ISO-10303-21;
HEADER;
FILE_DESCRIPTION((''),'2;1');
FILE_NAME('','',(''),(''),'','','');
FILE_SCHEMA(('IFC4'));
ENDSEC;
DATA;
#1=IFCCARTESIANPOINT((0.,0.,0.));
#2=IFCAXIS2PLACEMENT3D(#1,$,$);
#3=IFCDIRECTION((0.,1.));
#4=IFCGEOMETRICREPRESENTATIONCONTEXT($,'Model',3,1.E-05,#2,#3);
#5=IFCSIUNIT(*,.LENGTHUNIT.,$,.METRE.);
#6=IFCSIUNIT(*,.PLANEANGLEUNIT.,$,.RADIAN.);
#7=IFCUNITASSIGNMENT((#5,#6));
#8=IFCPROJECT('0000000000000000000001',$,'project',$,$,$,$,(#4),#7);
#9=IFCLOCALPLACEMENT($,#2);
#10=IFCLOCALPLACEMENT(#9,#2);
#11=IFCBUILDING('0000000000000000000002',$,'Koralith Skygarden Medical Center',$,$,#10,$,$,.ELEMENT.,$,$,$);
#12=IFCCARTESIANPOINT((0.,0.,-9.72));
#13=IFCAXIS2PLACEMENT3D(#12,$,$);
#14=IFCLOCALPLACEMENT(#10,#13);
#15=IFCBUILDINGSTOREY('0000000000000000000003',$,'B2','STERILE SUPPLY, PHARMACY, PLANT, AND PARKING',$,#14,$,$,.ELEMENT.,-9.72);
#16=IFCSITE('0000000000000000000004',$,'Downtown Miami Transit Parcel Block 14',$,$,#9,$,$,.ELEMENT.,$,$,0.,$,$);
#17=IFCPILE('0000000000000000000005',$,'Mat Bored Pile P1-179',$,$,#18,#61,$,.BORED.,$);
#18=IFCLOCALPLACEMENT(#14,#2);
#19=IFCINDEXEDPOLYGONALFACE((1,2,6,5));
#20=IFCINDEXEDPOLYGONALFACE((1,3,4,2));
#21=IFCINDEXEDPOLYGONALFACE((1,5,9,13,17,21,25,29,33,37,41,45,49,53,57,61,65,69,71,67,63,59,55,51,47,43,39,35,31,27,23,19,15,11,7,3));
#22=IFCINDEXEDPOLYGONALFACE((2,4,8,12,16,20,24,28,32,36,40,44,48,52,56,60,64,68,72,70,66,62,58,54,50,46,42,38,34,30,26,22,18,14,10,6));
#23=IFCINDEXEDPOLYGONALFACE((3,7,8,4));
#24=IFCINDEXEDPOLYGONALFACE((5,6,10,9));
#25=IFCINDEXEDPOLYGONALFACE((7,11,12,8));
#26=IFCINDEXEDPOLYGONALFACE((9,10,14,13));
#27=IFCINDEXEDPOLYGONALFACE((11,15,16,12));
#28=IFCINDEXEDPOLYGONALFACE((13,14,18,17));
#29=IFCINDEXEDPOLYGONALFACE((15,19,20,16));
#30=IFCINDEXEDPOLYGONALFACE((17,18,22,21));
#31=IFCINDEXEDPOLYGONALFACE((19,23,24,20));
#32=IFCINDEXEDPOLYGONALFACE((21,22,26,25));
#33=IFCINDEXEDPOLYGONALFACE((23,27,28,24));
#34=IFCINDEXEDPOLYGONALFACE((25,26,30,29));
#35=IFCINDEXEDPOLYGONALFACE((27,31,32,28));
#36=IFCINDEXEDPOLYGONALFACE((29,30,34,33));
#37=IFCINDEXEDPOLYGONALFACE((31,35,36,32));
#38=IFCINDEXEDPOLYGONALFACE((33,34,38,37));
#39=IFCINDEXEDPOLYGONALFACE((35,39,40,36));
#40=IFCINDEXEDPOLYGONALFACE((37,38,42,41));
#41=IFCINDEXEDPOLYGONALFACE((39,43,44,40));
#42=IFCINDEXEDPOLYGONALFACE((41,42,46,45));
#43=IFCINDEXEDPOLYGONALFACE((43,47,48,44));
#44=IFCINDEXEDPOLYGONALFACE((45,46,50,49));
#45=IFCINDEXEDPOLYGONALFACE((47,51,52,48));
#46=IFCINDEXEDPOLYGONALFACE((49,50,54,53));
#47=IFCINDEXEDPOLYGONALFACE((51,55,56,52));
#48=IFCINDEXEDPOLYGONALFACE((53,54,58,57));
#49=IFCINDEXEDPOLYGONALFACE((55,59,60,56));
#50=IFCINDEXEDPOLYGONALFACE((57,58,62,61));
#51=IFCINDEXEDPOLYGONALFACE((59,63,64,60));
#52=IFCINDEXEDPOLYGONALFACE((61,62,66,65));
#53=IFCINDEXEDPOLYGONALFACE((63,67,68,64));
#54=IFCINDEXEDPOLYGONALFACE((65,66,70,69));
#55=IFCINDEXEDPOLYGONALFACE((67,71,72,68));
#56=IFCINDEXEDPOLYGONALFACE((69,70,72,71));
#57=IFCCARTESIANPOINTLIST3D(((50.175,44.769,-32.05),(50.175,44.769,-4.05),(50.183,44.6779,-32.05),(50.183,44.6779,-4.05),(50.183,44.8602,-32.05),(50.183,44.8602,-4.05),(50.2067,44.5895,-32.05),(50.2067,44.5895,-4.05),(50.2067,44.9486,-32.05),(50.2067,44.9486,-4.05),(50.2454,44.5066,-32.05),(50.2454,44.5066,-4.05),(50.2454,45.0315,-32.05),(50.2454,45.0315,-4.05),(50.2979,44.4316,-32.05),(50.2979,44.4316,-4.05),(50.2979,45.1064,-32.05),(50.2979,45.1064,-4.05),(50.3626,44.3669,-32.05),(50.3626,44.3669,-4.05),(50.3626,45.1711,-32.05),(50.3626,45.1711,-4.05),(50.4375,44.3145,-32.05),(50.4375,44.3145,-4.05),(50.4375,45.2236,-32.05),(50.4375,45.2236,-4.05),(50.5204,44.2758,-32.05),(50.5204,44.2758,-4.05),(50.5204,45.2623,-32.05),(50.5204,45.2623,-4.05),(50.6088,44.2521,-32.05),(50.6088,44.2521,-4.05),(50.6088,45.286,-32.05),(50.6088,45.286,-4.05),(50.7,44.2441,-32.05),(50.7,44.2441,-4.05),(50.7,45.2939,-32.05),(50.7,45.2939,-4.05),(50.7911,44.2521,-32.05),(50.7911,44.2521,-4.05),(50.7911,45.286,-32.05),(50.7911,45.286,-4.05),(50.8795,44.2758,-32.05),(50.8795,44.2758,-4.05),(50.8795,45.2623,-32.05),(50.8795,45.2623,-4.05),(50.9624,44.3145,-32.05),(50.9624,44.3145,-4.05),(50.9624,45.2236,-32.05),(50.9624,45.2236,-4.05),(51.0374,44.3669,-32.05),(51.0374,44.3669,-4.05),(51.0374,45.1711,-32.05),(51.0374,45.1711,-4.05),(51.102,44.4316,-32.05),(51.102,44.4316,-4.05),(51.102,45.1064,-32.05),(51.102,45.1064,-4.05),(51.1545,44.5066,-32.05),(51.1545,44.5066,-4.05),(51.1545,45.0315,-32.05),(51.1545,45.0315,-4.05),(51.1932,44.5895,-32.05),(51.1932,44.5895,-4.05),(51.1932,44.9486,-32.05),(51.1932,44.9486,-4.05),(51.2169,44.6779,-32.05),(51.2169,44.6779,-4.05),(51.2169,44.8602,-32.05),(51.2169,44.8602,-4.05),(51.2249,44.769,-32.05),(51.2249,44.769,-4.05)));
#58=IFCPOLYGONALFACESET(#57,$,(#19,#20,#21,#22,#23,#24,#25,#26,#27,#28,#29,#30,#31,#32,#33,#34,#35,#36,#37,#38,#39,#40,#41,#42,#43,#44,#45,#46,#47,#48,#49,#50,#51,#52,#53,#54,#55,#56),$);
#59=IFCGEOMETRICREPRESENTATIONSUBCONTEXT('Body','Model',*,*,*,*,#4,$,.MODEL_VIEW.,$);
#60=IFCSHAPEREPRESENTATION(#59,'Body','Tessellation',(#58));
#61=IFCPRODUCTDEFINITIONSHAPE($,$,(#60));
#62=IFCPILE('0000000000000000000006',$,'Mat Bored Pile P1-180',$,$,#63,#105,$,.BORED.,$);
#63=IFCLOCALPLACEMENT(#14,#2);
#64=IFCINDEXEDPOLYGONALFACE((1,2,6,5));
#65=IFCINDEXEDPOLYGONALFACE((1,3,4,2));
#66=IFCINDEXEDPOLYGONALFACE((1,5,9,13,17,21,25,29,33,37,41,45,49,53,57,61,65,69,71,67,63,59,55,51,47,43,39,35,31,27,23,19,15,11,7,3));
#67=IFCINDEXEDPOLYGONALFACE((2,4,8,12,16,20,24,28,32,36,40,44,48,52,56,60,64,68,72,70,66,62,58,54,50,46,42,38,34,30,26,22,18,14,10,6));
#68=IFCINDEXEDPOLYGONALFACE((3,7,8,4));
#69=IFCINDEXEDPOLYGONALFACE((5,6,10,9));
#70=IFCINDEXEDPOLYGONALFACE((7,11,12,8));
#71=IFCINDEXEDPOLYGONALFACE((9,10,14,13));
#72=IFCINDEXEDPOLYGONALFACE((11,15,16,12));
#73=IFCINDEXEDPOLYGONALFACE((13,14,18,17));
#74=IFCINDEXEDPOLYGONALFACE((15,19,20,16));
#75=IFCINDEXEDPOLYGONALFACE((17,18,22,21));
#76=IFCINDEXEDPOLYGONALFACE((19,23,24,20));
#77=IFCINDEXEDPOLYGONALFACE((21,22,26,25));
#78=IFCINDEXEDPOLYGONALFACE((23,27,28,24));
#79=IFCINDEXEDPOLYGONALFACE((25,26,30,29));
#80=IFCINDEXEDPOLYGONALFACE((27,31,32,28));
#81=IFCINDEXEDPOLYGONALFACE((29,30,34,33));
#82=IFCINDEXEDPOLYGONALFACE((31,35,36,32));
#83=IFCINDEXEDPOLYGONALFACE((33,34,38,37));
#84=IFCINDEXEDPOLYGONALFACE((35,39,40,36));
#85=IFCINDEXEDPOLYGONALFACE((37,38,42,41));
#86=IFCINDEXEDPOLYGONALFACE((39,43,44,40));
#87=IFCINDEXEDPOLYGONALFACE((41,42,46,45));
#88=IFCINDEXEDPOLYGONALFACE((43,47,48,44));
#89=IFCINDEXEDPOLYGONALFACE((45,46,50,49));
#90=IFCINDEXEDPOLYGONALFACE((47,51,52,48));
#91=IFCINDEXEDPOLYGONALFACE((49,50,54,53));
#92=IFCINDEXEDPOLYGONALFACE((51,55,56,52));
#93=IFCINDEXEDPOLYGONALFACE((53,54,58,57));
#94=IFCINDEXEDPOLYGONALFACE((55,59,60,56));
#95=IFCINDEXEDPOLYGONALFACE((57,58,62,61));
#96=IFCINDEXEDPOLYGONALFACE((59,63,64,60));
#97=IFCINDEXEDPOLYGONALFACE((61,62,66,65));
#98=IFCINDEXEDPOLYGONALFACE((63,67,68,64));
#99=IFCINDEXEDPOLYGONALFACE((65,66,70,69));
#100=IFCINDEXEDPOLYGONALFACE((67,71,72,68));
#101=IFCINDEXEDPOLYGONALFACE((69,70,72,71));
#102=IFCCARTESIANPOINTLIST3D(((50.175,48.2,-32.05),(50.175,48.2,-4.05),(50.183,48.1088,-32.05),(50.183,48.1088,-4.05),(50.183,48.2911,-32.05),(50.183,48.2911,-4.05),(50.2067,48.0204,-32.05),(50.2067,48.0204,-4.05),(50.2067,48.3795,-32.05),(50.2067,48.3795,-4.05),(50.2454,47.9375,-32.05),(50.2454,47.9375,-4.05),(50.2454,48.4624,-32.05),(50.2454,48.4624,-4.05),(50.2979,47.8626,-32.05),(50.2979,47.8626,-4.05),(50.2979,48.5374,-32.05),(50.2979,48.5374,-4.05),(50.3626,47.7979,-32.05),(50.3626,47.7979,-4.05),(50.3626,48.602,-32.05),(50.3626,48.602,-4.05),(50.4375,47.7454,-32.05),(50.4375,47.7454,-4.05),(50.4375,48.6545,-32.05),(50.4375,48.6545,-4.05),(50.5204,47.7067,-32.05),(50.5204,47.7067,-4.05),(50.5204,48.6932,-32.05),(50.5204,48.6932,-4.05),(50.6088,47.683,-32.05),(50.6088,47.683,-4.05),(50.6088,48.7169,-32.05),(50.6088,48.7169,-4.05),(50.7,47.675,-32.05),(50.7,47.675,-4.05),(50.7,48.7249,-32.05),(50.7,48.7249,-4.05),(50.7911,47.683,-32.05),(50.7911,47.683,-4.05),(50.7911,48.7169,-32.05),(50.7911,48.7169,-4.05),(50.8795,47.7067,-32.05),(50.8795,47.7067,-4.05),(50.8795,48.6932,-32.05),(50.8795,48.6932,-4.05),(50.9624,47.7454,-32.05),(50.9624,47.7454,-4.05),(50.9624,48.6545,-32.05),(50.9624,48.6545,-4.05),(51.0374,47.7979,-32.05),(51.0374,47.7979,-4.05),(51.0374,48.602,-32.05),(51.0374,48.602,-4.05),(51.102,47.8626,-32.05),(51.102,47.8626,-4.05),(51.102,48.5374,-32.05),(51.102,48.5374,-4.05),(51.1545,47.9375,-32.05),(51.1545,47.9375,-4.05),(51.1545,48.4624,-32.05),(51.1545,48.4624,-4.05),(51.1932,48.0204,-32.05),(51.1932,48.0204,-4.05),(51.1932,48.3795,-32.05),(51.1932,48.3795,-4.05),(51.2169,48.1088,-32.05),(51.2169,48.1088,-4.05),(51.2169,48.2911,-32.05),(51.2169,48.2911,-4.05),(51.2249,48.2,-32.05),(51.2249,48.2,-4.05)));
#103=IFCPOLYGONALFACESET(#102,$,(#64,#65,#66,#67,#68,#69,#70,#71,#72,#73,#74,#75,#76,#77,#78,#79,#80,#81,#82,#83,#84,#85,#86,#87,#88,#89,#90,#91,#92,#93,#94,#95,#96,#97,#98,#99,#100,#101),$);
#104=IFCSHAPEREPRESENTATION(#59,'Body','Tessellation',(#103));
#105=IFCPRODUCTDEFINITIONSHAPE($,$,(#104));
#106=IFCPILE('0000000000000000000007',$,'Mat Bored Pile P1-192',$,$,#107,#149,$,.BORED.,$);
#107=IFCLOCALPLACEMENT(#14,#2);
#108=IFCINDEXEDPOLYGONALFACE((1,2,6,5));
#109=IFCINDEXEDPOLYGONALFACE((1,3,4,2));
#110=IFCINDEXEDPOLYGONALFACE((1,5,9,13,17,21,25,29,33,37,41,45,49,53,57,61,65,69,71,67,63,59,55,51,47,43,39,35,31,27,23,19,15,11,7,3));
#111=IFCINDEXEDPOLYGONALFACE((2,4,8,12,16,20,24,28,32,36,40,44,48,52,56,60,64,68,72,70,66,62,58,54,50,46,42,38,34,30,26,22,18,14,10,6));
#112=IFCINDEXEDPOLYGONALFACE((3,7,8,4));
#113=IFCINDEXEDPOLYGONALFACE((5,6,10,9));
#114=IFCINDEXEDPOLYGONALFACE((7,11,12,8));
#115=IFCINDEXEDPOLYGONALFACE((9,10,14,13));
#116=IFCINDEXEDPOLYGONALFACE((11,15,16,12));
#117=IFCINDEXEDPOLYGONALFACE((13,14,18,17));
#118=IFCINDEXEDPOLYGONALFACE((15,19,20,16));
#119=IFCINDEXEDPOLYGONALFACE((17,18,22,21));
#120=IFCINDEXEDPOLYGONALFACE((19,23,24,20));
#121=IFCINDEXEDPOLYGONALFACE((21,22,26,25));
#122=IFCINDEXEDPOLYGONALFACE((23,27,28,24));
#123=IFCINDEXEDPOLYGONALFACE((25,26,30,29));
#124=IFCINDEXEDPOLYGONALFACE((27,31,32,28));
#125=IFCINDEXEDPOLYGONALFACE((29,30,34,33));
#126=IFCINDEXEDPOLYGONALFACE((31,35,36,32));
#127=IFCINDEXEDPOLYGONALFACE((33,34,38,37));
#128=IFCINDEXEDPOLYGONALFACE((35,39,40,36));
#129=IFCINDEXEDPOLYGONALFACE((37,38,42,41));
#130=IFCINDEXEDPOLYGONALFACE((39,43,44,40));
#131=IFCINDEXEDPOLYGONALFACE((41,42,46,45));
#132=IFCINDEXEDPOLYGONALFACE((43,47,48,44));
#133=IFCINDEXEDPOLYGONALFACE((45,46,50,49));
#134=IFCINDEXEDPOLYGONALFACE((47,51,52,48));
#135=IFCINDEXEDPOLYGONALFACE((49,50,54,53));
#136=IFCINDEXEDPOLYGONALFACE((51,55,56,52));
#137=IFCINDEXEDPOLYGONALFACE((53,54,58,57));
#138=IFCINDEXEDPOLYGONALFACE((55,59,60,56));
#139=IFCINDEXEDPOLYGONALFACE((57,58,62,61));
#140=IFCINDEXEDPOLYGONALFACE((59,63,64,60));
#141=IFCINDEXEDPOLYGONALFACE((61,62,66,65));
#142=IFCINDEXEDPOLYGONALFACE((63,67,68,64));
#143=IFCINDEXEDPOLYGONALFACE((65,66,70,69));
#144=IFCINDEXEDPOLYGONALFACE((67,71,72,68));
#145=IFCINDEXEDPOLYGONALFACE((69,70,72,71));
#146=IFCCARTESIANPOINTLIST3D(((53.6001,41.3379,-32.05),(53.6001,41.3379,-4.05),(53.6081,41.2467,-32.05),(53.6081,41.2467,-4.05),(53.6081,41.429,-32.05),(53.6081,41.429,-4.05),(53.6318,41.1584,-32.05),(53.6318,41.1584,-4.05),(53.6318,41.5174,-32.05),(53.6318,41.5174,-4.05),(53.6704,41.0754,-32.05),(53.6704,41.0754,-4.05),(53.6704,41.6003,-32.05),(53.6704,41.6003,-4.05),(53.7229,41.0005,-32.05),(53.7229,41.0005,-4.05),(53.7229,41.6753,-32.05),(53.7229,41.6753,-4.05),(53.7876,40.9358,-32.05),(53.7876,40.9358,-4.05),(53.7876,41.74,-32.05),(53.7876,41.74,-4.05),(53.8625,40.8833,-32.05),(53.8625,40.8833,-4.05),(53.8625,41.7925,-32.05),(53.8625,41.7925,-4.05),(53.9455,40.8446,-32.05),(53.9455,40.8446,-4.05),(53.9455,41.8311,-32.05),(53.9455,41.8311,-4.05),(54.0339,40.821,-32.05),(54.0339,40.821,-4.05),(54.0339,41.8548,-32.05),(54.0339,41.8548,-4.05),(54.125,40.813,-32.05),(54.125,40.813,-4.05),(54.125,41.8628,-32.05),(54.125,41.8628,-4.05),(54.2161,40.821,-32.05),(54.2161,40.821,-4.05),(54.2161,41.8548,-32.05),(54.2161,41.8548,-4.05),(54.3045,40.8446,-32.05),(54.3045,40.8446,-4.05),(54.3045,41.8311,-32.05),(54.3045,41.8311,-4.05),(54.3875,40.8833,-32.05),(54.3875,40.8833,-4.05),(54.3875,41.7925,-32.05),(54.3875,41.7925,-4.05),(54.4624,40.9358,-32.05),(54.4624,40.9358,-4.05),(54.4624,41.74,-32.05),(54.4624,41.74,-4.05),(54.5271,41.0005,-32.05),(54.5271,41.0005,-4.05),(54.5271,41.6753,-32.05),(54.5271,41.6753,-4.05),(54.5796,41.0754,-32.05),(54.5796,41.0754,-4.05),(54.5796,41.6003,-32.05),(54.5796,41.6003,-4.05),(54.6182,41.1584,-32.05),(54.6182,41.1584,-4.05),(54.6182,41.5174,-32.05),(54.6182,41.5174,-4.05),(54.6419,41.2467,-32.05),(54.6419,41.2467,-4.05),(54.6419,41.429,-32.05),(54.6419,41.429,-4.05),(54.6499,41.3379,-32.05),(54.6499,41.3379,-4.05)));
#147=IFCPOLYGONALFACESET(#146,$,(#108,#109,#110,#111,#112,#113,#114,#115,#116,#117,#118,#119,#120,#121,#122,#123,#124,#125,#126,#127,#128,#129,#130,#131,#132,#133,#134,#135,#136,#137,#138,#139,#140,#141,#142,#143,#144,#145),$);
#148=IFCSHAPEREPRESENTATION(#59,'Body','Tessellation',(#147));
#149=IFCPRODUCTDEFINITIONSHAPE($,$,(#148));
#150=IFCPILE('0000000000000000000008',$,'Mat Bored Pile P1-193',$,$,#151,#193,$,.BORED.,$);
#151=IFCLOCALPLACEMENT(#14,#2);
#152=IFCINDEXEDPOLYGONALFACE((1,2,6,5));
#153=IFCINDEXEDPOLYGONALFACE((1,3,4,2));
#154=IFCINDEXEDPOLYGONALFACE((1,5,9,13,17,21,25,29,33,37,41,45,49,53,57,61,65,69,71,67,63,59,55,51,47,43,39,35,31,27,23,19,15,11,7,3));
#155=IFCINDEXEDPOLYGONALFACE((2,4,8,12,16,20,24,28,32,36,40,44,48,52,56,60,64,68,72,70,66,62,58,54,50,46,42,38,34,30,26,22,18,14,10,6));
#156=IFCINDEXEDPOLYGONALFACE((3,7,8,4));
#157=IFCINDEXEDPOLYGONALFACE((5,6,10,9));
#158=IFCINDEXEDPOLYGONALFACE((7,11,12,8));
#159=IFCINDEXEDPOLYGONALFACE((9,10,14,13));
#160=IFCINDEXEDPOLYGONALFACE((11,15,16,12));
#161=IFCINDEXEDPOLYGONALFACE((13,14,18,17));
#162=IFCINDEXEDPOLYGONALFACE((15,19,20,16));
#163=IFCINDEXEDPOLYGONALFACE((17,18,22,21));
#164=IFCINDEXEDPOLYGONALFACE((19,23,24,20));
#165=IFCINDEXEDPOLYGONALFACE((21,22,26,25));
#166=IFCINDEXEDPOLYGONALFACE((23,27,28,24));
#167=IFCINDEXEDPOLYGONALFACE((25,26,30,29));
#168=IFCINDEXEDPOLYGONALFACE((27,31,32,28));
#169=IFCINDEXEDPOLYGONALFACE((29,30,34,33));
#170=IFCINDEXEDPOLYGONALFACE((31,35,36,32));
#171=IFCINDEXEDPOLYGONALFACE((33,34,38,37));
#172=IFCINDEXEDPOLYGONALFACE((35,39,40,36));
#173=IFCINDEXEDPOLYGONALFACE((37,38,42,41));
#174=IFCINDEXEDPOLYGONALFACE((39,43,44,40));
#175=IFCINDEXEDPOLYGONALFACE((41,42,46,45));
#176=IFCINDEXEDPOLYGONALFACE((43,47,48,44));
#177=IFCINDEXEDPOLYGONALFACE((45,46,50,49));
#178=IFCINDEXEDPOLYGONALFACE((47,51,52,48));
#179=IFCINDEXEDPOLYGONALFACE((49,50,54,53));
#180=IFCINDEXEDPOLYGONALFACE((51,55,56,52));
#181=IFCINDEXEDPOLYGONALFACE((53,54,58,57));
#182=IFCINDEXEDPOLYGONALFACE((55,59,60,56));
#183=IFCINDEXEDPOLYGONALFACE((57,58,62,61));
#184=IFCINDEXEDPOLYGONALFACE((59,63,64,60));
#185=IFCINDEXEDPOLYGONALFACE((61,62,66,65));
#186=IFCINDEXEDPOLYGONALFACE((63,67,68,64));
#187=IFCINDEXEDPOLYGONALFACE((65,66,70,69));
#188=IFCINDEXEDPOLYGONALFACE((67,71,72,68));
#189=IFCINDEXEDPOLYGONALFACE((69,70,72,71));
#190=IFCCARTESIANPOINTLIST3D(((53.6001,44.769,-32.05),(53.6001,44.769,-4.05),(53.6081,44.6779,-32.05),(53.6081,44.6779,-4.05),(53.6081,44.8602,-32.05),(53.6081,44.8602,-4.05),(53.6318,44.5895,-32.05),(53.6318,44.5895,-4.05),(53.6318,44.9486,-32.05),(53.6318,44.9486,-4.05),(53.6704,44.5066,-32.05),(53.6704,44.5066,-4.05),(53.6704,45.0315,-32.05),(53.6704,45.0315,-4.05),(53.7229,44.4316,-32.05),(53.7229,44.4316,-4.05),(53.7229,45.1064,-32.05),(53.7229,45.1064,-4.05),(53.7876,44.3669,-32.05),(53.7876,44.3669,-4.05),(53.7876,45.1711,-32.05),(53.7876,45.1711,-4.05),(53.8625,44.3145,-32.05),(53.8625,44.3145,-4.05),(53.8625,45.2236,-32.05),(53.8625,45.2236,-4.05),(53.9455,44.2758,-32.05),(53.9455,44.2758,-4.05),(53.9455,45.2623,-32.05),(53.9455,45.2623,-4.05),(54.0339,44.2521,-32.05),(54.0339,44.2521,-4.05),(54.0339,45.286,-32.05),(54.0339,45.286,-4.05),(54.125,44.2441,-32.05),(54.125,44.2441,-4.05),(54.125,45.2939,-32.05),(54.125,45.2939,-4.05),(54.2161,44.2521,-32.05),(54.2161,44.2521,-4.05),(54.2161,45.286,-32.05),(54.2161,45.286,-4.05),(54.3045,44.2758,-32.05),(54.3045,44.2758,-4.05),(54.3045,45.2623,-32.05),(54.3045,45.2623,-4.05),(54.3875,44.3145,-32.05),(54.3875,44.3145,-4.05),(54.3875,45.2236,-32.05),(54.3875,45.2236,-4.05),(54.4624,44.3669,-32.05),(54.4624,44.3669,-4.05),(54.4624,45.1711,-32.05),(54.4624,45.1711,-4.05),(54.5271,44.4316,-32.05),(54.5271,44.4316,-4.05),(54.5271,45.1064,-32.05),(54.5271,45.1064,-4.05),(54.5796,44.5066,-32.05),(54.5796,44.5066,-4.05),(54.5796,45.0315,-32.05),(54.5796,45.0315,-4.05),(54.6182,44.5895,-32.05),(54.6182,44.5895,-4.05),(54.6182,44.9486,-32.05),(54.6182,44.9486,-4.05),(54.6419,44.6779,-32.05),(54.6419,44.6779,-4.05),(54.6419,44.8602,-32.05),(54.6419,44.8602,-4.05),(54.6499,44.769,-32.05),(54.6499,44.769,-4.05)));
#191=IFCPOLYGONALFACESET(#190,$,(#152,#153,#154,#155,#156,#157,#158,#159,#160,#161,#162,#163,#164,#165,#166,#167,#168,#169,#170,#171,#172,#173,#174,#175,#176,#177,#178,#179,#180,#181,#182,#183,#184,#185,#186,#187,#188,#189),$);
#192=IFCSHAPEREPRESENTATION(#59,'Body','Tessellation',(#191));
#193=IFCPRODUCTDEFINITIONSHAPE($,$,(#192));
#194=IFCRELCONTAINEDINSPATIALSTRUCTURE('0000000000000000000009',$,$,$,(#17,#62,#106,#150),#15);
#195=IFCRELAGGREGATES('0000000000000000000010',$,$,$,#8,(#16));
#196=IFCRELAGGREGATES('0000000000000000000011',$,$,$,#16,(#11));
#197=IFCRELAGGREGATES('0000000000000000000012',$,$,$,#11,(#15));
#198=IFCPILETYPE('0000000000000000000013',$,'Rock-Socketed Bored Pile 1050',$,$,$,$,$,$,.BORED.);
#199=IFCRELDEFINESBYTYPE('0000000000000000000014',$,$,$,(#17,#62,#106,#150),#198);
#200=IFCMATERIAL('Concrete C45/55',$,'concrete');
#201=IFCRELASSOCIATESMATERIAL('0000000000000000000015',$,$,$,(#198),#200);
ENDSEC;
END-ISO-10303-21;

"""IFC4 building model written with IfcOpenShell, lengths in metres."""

from ifc_helpers import new_model, si_unit, direction, frame, origin, origin_2d, place, context, subcontext, project, spatial, circle, extrude, material, material_profile, profile_set, type_object, element, save


model = new_model("IFC4")

# Units and contexts
model_context = context("Model", 3, precision=1e-05, world=origin(), true_north=direction((0.0, 1.0)))
body_context = subcontext(model_context, "Body", "Model", "MODEL_VIEW")
ifc_project = project(units=[si_unit("LENGTHUNIT", "METRE"), si_unit("PLANEANGLEUNIT", "RADIAN")], contexts=[model_context])

# Site, building, storey
site_placement = place(None, origin())
site = spatial("IfcSite", under=ifc_project, at=site_placement, Name="Downtown Miami Transit Parcel Block 14", CompositionType="ELEMENT", RefElevation=0.0)
building_placement = place(site_placement, origin())
building = spatial("IfcBuilding", under=site, at=building_placement, Name="Koralith Skygarden Medical Center", CompositionType="ELEMENT")
storey_placement = place(building_placement, frame((0.0, 0.0, -9.72)))
storey = spatial("IfcBuildingStorey", under=building, at=storey_placement, Name="B2", Description="STERILE SUPPLY, PHARMACY, PLANT, AND PARKING", CompositionType="ELEMENT", Elevation=-9.72)

# Piles
ifc_material_1 = material(Name="Concrete C45/55", Category="concrete")
ifc_material_profile_1 = material_profile(ifc_material_1, circle(Radius=0.5249, at=origin_2d()), Name="PILE1050")
ifc_profile_set_1 = profile_set([ifc_material_profile_1], Name="Concrete C45/55")
pile_type = type_object("IfcPileType", Name="Rock-Socketed Bored Pile 1050", PredefinedType="BORED", material=ifc_profile_set_1)
for number, where, z_axis, x_axis, name in (
    (1, (50.7, 44.769, -4.05), (0.0, 0.0, -1.0), (1.0, 0.0, 0.0), "Mat Bored Pile P1-179"),
    (2, (50.7, 48.2, -4.05), (0.0, 0.0, -1.0), (1.0, 0.0, 0.0), "Mat Bored Pile P1-180"),
    (3, (54.125, 41.3379, -4.05), (0.0, 0.0, -1.0), (1.0, 0.0, 0.0), "Mat Bored Pile P1-192"),
    (4, (54.125, 44.769, -4.05), (0.0, 0.0, -1.0), (1.0, 0.0, 0.0), "Mat Bored Pile P1-193"),
):
    element("IfcPile", number, at=place(storey_placement, frame(where, z_axis=z_axis, x_axis=x_axis)), inside=storey, type_object=pile_type, Name=name, PredefinedType="BORED", context=body_context, shape_type="SweptSolid", body=[
        extrude(circle(Radius=0.5249, at=origin_2d()), origin(), (0.0, 0.0, 1.0), 28.0),
    ])

save(model, "model.ifc")
